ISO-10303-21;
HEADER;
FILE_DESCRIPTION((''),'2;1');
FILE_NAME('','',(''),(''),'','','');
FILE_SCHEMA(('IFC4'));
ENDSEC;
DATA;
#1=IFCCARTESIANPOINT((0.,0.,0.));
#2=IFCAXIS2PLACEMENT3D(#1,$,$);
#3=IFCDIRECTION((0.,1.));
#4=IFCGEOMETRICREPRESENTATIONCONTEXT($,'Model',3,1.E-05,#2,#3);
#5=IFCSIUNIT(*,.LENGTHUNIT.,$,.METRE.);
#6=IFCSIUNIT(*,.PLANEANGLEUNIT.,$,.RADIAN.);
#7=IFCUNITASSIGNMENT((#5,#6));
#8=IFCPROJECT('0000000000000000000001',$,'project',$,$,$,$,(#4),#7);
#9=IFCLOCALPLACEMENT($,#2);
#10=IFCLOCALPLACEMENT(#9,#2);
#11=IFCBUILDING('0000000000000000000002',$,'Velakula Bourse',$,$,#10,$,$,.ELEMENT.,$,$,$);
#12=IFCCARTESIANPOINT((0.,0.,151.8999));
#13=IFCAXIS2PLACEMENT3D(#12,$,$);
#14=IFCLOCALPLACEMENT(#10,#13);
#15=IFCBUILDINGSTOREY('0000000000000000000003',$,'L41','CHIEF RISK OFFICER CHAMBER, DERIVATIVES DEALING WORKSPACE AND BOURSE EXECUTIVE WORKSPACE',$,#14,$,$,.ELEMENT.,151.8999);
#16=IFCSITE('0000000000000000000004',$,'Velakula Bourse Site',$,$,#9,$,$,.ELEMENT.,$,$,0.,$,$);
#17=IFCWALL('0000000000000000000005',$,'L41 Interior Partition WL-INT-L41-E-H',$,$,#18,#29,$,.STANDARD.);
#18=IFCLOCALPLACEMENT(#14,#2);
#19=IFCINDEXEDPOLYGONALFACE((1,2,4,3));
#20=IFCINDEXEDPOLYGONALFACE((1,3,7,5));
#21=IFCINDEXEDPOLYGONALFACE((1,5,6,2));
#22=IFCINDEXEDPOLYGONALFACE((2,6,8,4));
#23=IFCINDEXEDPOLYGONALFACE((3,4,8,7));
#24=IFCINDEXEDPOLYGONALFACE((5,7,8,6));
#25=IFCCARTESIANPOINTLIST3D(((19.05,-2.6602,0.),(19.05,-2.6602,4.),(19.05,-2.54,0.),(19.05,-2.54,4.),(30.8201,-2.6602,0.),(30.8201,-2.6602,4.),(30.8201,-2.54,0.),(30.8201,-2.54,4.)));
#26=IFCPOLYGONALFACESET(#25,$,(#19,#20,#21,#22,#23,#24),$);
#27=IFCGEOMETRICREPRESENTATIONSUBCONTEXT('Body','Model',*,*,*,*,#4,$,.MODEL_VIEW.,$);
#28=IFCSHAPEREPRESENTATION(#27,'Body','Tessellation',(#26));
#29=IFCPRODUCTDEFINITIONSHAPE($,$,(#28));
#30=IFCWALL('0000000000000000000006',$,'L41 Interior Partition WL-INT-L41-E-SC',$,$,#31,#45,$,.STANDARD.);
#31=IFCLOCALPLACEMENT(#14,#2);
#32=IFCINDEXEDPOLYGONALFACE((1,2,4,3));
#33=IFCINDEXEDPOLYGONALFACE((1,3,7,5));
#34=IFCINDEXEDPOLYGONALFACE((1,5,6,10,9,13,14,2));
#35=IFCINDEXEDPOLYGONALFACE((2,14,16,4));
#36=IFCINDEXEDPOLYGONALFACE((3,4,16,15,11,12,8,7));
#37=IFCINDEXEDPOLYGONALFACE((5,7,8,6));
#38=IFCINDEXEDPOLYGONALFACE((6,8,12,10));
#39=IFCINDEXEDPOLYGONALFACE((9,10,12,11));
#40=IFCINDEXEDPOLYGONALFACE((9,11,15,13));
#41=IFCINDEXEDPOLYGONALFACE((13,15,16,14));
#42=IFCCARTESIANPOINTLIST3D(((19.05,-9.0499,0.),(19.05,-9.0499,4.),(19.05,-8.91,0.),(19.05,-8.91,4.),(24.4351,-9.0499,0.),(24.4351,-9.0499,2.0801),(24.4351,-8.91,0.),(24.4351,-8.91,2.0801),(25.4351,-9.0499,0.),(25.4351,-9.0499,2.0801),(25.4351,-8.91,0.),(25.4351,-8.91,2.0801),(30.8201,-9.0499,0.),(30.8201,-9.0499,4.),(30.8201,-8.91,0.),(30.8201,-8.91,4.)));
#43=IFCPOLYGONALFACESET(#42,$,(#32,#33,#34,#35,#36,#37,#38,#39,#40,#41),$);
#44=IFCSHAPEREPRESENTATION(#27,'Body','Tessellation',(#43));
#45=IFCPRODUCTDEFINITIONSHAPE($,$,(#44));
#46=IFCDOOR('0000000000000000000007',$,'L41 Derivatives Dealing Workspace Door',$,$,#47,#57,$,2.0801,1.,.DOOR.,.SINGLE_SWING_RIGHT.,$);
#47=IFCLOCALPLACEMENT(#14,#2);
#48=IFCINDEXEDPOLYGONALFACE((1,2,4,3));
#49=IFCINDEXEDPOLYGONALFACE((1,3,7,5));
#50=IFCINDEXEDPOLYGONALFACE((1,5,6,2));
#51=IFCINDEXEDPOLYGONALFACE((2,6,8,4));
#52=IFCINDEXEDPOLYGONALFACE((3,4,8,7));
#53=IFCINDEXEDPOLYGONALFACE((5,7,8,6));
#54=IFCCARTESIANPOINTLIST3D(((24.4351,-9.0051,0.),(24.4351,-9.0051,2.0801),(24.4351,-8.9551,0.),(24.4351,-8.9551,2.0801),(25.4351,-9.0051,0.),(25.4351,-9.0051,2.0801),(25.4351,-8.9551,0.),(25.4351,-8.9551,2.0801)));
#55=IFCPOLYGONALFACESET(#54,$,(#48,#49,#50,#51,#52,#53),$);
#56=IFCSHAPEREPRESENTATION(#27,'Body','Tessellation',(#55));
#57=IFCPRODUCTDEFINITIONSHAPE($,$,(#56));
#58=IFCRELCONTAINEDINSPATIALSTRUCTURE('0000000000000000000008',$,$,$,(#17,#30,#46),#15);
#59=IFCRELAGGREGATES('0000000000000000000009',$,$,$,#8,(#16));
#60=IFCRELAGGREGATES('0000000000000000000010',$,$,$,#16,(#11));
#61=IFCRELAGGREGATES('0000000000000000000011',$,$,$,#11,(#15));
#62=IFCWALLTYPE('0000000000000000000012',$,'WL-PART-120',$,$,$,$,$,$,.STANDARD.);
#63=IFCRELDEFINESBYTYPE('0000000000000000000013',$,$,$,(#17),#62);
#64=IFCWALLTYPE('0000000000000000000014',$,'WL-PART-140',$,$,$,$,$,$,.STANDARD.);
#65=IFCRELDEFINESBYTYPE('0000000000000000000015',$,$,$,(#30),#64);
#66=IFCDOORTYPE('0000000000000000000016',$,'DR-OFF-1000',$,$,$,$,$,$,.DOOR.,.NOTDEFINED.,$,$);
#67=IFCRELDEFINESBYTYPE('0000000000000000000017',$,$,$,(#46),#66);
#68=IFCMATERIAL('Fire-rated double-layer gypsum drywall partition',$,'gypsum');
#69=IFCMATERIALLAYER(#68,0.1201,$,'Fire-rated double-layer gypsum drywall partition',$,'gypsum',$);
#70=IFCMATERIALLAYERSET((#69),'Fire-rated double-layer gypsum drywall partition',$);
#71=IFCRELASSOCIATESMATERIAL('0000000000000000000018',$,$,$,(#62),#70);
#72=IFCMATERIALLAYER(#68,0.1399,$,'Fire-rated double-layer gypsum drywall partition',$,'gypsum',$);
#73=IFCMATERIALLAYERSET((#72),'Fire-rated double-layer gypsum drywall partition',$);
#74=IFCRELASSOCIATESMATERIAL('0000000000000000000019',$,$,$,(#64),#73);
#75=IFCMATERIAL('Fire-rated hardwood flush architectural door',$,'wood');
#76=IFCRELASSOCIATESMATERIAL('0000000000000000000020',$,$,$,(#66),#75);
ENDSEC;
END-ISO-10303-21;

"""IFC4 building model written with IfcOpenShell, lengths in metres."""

from ifc_helpers import new_model, si_unit, direction, frame, frame_2d, origin, place, context, subcontext, project, spatial, rectangle, extrude, material, layer, layer_set, type_object, element, fill, save


model = new_model("IFC4")

# Units and contexts
model_context = context("Model", 3, precision=1e-05, world=origin(), true_north=direction((0.0, 1.0)))
body_context = subcontext(model_context, "Body", "Model", "MODEL_VIEW")
ifc_project = project(units=[si_unit("LENGTHUNIT", "METRE"), si_unit("PLANEANGLEUNIT", "RADIAN")], contexts=[model_context])

# Site, building, storey
site_placement = place(None, origin())
site = spatial("IfcSite", under=ifc_project, at=site_placement, Name="Velakula Bourse Site", CompositionType="ELEMENT", RefElevation=0.0)
building_placement = place(site_placement, origin())
building = spatial("IfcBuilding", under=site, at=building_placement, Name="Velakula Bourse", CompositionType="ELEMENT")
storey_placement = place(building_placement, frame((0.0, 0.0, 151.8999)))
storey = spatial("IfcBuildingStorey", under=building, at=storey_placement, Name="L41", Description="CHIEF RISK OFFICER CHAMBER, DERIVATIVES DEALING WORKSPACE AND BOURSE EXECUTIVE WORKSPACE", CompositionType="ELEMENT", Elevation=151.8999)

# Wall
ifc_material_1 = material(Name="Fire-rated double-layer gypsum drywall partition", Category="gypsum")
ifc_layer_1 = layer(ifc_material_1, 0.1201, Name="Fire-rated double-layer gypsum drywall partition", Category="gypsum")
ifc_layer_set_1 = layer_set([ifc_layer_1], Name="Fire-rated double-layer gypsum drywall partition")
wall_type_1 = type_object("IfcWallType", Name="WL-PART-120", PredefinedType="STANDARD", material=ifc_layer_set_1)
wall_1_placement = place(storey_placement, frame((19.05, -2.6001, 0.0), z_axis=(0.0, 0.0, 1.0), x_axis=(1.0, 0.0, 0.0)))
element("IfcWall", 1, at=wall_1_placement, inside=storey, type_object=wall_type_1, Name="L41 Interior Partition WL-INT-L41-E-H", PredefinedType="STANDARD", context=body_context, shape_type="SweptSolid", body=[
    extrude(rectangle(XDim=11.77, YDim=0.1201, at=frame_2d((5.885, 0.0))), origin(), (0.0, 0.0, 1.0), 4.0),
])

# Wall, opening, door
ifc_layer_2 = layer(ifc_material_1, 0.1399, Name="Fire-rated double-layer gypsum drywall partition", Category="gypsum")
ifc_layer_set_2 = layer_set([ifc_layer_2], Name="Fire-rated double-layer gypsum drywall partition")
wall_type_2 = type_object("IfcWallType", Name="WL-PART-140", PredefinedType="STANDARD", material=ifc_layer_set_2)
wall_2_placement = place(storey_placement, frame((19.05, -8.98, 0.0), z_axis=(0.0, 0.0, 1.0), x_axis=(1.0, 0.0, 0.0)))
wall_2 = element("IfcWall", 2, at=wall_2_placement, inside=storey, type_object=wall_type_2, Name="L41 Interior Partition WL-INT-L41-E-SC", PredefinedType="STANDARD", context=body_context, shape_type="SweptSolid", body=[
    extrude(rectangle(XDim=11.77, YDim=0.1399, at=frame_2d((5.885, 0.0))), origin(), (0.0, 0.0, 1.0), 4.0),
])
opening_placement = place(wall_2_placement, frame((5.385, 0.0, 0.0)))
opening = element("IfcOpeningElement", 3, at=opening_placement, cuts=wall_2, PredefinedType="OPENING", context=body_context, shape_type="SweptSolid", body=[
    extrude(rectangle(XDim=1.0, YDim=2.0801, at=frame_2d((0.5, 1.04))), frame((0.0, 0.0798, 0.0), z_axis=(0.0, -1.0, 0.0), x_axis=(1.0, 0.0, 0.0)), (0.0, 0.0, 1.0), 0.1599),
])
ifc_material_2 = material(Name="Fire-rated hardwood flush architectural door", Category="wood")
door_type = type_object("IfcDoorType", Name="DR-OFF-1000", OperationType="NOTDEFINED", PredefinedType="DOOR", material=ifc_material_2)
door_placement = place(opening_placement, origin())
door = element("IfcDoor", 4, at=door_placement, inside=storey, type_object=door_type, Name="L41 Derivatives Dealing Workspace Door", OperationType="SINGLE_SWING_RIGHT", OverallHeight=2.0801, OverallWidth=1.0, PredefinedType="DOOR", context=body_context, shape_type="SweptSolid", body=[
    extrude(rectangle(XDim=1.0, YDim=2.0801, at=frame_2d((0.5, 1.04))), frame((0.0, 0.0249, 0.0), z_axis=(0.0, -1.0, 0.0), x_axis=(1.0, 0.0, 0.0)), (0.0, 0.0, 1.0), 0.05),
])
fill(opening, door)

save(model, "model.ifc")
